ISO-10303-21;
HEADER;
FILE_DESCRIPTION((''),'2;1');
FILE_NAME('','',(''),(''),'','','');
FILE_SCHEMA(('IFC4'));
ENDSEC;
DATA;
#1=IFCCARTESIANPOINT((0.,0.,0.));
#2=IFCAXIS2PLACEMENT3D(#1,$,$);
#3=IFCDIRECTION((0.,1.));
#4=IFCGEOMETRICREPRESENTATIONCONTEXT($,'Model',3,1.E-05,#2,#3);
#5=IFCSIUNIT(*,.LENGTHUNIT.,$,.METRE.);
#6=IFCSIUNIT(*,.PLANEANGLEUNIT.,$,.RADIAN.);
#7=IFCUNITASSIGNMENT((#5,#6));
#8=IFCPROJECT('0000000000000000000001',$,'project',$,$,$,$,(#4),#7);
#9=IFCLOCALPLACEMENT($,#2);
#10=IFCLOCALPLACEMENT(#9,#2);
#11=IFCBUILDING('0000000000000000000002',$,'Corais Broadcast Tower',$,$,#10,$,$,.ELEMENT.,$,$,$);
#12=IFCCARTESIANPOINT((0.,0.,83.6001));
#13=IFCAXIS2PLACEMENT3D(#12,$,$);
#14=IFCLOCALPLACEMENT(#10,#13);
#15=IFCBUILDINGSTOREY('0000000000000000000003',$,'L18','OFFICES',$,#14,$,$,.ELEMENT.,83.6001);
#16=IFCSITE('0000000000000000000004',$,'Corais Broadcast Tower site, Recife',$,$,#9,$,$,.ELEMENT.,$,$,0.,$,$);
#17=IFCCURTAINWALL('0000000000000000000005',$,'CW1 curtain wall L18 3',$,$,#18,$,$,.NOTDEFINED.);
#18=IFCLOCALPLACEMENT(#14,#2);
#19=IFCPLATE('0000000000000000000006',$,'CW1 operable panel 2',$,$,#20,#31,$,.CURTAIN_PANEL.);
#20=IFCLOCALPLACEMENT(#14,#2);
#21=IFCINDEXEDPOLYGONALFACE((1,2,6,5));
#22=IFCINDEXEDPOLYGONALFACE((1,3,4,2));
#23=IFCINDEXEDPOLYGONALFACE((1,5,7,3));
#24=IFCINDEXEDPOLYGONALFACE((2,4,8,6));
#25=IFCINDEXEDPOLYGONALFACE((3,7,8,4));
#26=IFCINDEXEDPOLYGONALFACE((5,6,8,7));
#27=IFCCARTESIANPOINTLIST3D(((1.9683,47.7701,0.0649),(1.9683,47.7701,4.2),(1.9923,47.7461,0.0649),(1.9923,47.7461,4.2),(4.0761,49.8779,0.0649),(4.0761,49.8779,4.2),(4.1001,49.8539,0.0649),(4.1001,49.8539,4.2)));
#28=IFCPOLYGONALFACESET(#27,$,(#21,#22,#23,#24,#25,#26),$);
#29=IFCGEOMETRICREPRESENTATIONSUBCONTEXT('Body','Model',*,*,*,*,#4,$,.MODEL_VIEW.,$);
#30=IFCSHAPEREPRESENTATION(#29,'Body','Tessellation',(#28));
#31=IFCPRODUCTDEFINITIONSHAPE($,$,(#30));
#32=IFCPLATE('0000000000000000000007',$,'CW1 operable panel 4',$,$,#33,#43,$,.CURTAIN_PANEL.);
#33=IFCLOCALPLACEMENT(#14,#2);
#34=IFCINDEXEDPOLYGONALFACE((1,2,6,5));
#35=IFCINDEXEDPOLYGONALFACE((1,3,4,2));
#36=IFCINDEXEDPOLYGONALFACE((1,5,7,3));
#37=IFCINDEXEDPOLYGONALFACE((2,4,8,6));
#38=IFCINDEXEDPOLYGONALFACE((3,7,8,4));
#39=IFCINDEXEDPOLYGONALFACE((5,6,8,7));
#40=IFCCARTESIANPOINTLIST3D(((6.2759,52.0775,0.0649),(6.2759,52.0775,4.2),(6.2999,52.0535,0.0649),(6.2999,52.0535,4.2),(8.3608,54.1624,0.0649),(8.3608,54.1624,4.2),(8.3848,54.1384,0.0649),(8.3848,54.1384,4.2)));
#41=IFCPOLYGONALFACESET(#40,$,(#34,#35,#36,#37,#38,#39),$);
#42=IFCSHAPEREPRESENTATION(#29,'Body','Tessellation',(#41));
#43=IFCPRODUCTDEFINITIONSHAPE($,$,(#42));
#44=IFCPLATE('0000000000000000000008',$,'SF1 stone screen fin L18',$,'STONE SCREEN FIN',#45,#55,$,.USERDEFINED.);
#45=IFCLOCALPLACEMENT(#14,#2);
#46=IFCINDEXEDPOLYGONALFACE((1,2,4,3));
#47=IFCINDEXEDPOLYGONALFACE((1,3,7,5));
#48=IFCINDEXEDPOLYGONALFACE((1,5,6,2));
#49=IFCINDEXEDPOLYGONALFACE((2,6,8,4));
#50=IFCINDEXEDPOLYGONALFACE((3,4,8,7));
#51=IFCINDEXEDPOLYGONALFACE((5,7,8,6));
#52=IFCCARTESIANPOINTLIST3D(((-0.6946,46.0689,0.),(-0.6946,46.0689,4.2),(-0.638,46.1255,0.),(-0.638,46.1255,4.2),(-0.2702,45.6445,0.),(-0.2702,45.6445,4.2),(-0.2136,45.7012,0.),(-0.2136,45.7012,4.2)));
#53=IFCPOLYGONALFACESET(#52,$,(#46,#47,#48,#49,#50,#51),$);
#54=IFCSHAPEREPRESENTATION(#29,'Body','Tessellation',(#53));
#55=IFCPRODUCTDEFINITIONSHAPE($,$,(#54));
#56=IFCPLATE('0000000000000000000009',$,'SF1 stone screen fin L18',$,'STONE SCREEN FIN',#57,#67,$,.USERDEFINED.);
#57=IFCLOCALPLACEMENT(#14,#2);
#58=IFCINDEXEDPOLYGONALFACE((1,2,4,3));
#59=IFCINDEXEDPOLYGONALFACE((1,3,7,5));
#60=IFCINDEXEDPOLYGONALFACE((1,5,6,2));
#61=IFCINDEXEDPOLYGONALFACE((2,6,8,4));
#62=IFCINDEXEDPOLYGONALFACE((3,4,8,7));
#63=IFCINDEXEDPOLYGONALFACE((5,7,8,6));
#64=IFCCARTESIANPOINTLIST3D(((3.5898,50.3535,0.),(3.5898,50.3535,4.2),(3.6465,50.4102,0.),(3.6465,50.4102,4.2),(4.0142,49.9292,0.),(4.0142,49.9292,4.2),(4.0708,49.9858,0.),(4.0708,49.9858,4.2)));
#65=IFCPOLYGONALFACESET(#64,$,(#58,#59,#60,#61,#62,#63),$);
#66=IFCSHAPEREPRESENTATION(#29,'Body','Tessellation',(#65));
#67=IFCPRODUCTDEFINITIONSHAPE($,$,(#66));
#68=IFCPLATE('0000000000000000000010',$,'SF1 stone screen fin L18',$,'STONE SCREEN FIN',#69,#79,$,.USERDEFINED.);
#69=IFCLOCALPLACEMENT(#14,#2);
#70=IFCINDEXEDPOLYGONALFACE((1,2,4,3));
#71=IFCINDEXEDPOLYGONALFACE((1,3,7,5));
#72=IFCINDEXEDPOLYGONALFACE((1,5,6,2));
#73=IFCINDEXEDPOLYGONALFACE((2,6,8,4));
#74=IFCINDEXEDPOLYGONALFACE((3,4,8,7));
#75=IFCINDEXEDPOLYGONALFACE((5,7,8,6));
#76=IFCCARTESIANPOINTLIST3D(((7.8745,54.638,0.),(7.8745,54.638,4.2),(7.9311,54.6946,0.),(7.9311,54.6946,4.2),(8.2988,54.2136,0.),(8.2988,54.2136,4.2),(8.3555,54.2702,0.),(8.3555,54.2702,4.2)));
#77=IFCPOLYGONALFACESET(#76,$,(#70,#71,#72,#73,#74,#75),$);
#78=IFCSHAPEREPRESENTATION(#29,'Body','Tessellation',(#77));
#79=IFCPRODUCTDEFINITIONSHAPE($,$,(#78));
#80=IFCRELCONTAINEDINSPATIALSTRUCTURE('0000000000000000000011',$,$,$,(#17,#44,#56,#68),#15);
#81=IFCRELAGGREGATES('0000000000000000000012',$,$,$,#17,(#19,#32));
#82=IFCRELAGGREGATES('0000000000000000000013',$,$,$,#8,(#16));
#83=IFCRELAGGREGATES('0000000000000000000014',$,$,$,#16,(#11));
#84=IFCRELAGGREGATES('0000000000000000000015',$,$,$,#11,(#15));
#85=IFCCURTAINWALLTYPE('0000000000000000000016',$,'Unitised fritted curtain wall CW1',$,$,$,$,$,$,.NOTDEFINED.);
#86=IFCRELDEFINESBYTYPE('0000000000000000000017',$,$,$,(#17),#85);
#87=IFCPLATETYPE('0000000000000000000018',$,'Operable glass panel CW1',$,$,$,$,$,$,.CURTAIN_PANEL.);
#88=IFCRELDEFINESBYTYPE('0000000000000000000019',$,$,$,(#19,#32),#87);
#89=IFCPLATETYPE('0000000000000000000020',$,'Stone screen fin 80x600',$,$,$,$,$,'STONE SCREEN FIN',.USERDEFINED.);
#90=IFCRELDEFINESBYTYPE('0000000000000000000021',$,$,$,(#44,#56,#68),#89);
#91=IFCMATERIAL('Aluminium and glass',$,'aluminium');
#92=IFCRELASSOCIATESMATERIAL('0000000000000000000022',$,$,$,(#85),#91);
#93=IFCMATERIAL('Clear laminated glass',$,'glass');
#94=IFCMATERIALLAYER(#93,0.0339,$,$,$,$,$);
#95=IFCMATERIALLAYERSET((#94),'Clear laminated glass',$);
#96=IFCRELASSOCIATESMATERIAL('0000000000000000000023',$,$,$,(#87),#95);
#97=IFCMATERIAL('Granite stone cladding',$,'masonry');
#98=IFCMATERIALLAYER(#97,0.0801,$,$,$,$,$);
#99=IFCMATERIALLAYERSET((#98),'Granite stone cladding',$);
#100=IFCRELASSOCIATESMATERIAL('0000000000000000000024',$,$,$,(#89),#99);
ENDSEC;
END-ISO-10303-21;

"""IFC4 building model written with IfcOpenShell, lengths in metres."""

from ifc_helpers import new_model, si_unit, direction, frame, origin, origin_2d, place, context, subcontext, project, spatial, rectangle, extrude, material, layer, layer_set, type_object, element, aggregate, save


model = new_model("IFC4")

# Units and contexts
model_context = context("Model", 3, precision=1e-05, world=origin(), true_north=direction((0.0, 1.0)))
body_context = subcontext(model_context, "Body", "Model", "MODEL_VIEW")
ifc_project = project(units=[si_unit("LENGTHUNIT", "METRE"), si_unit("PLANEANGLEUNIT", "RADIAN")], contexts=[model_context])

# Site, building, storey
site_placement = place(None, origin())
site = spatial("IfcSite", under=ifc_project, at=site_placement, Name="Corais Broadcast Tower site, Recife", CompositionType="ELEMENT", RefElevation=0.0)
building_placement = place(site_placement, origin())
building = spatial("IfcBuilding", under=site, at=building_placement, Name="Corais Broadcast Tower", CompositionType="ELEMENT")
storey_placement = place(building_placement, frame((0.0, 0.0, 83.6001)))
storey = spatial("IfcBuildingStorey", under=building, at=storey_placement, Name="L18", Description="OFFICES", CompositionType="ELEMENT", Elevation=83.6001)

# Shared definitions
ifc_material_1 = material(Name="Aluminium and glass", Category="aluminium")
curtain_wall_type = type_object("IfcCurtainWallType", Name="Unitised fritted curtain wall CW1", PredefinedType="NOTDEFINED", material=ifc_material_1)

# Curtain wall
curtain_wall_1_placement = place(storey_placement, origin())
curtain_wall_1 = element("IfcCurtainWall", 1, at=curtain_wall_1_placement, inside=storey, type_object=curtain_wall_type, Name="CW1 curtain wall L18 3", PredefinedType="NOTDEFINED")

# Plates
ifc_material_2 = material(Name="Clear laminated glass", Category="glass")
ifc_layer_1 = layer(ifc_material_2, 0.0339)
ifc_layer_set_1 = layer_set([ifc_layer_1], Name="Clear laminated glass")
plate_type_1 = type_object("IfcPlateType", Name="Operable glass panel CW1", PredefinedType="CURTAIN_PANEL", material=ifc_layer_set_1)
plate_1_placement = place(storey_placement, frame((3.0342, 48.812, 0.0649), z_axis=(0.0, 0.0, 1.0), x_axis=(0.707107, 0.707107, 0.0)))
plate_1 = element("IfcPlate", 2, at=plate_1_placement, type_object=plate_type_1, Name="CW1 operable panel 2", PredefinedType="CURTAIN_PANEL", context=body_context, shape_type="SweptSolid", body=[
    extrude(rectangle(XDim=2.981, YDim=0.0339, at=origin_2d()), origin(), (0.0, 0.0, 1.0), 4.135),
])
plate_2_placement = place(storey_placement, frame((7.3303, 53.1079, 0.0649), z_axis=(0.0, 0.0, 1.0), x_axis=(0.707107, 0.707107, 0.0)))
plate_2 = element("IfcPlate", 3, at=plate_2_placement, type_object=plate_type_1, Name="CW1 operable panel 4", PredefinedType="CURTAIN_PANEL", context=body_context, shape_type="SweptSolid", body=[
    extrude(rectangle(XDim=2.9485, YDim=0.0339, at=origin_2d()), origin(), (0.0, 0.0, 1.0), 4.135),
])
aggregate(curtain_wall_1, [plate_1, plate_2])

# Plates
ifc_material_3 = material(Name="Granite stone cladding", Category="masonry")
ifc_layer_2 = layer(ifc_material_3, 0.0801)
ifc_layer_set_2 = layer_set([ifc_layer_2], Name="Granite stone cladding")
plate_type_2 = type_object("IfcPlateType", Name="Stone screen fin 80x600", ElementType="STONE SCREEN FIN", PredefinedType="USERDEFINED", material=ifc_layer_set_2)
for number, where, z_axis, x_axis, name in (
    (4, (-0.4541, 45.885, 0.0), (0.0, 0.0, 1.0), (0.707107, 0.707107, 0.0), "SF1 stone screen fin L18"),
    (5, (3.8303, 50.1697, 0.0), (0.0, 0.0, 1.0), (0.707107, 0.707107, 0.0), "SF1 stone screen fin L18"),
    (6, (8.115, 54.4541, 0.0), (0.0, 0.0, 1.0), (0.707107, 0.707107, 0.0), "SF1 stone screen fin L18"),
):
    element("IfcPlate", number, at=place(storey_placement, frame(where, z_axis=z_axis, x_axis=x_axis)), inside=storey, type_object=plate_type_2, Name=name, ObjectType="STONE SCREEN FIN", PredefinedType="USERDEFINED", context=body_context, shape_type="SweptSolid", body=[
        extrude(rectangle(XDim=0.0801, YDim=0.6001, at=origin_2d()), origin(), (0.0, 0.0, 1.0), 4.2),
    ])

save(model, "model.ifc")
